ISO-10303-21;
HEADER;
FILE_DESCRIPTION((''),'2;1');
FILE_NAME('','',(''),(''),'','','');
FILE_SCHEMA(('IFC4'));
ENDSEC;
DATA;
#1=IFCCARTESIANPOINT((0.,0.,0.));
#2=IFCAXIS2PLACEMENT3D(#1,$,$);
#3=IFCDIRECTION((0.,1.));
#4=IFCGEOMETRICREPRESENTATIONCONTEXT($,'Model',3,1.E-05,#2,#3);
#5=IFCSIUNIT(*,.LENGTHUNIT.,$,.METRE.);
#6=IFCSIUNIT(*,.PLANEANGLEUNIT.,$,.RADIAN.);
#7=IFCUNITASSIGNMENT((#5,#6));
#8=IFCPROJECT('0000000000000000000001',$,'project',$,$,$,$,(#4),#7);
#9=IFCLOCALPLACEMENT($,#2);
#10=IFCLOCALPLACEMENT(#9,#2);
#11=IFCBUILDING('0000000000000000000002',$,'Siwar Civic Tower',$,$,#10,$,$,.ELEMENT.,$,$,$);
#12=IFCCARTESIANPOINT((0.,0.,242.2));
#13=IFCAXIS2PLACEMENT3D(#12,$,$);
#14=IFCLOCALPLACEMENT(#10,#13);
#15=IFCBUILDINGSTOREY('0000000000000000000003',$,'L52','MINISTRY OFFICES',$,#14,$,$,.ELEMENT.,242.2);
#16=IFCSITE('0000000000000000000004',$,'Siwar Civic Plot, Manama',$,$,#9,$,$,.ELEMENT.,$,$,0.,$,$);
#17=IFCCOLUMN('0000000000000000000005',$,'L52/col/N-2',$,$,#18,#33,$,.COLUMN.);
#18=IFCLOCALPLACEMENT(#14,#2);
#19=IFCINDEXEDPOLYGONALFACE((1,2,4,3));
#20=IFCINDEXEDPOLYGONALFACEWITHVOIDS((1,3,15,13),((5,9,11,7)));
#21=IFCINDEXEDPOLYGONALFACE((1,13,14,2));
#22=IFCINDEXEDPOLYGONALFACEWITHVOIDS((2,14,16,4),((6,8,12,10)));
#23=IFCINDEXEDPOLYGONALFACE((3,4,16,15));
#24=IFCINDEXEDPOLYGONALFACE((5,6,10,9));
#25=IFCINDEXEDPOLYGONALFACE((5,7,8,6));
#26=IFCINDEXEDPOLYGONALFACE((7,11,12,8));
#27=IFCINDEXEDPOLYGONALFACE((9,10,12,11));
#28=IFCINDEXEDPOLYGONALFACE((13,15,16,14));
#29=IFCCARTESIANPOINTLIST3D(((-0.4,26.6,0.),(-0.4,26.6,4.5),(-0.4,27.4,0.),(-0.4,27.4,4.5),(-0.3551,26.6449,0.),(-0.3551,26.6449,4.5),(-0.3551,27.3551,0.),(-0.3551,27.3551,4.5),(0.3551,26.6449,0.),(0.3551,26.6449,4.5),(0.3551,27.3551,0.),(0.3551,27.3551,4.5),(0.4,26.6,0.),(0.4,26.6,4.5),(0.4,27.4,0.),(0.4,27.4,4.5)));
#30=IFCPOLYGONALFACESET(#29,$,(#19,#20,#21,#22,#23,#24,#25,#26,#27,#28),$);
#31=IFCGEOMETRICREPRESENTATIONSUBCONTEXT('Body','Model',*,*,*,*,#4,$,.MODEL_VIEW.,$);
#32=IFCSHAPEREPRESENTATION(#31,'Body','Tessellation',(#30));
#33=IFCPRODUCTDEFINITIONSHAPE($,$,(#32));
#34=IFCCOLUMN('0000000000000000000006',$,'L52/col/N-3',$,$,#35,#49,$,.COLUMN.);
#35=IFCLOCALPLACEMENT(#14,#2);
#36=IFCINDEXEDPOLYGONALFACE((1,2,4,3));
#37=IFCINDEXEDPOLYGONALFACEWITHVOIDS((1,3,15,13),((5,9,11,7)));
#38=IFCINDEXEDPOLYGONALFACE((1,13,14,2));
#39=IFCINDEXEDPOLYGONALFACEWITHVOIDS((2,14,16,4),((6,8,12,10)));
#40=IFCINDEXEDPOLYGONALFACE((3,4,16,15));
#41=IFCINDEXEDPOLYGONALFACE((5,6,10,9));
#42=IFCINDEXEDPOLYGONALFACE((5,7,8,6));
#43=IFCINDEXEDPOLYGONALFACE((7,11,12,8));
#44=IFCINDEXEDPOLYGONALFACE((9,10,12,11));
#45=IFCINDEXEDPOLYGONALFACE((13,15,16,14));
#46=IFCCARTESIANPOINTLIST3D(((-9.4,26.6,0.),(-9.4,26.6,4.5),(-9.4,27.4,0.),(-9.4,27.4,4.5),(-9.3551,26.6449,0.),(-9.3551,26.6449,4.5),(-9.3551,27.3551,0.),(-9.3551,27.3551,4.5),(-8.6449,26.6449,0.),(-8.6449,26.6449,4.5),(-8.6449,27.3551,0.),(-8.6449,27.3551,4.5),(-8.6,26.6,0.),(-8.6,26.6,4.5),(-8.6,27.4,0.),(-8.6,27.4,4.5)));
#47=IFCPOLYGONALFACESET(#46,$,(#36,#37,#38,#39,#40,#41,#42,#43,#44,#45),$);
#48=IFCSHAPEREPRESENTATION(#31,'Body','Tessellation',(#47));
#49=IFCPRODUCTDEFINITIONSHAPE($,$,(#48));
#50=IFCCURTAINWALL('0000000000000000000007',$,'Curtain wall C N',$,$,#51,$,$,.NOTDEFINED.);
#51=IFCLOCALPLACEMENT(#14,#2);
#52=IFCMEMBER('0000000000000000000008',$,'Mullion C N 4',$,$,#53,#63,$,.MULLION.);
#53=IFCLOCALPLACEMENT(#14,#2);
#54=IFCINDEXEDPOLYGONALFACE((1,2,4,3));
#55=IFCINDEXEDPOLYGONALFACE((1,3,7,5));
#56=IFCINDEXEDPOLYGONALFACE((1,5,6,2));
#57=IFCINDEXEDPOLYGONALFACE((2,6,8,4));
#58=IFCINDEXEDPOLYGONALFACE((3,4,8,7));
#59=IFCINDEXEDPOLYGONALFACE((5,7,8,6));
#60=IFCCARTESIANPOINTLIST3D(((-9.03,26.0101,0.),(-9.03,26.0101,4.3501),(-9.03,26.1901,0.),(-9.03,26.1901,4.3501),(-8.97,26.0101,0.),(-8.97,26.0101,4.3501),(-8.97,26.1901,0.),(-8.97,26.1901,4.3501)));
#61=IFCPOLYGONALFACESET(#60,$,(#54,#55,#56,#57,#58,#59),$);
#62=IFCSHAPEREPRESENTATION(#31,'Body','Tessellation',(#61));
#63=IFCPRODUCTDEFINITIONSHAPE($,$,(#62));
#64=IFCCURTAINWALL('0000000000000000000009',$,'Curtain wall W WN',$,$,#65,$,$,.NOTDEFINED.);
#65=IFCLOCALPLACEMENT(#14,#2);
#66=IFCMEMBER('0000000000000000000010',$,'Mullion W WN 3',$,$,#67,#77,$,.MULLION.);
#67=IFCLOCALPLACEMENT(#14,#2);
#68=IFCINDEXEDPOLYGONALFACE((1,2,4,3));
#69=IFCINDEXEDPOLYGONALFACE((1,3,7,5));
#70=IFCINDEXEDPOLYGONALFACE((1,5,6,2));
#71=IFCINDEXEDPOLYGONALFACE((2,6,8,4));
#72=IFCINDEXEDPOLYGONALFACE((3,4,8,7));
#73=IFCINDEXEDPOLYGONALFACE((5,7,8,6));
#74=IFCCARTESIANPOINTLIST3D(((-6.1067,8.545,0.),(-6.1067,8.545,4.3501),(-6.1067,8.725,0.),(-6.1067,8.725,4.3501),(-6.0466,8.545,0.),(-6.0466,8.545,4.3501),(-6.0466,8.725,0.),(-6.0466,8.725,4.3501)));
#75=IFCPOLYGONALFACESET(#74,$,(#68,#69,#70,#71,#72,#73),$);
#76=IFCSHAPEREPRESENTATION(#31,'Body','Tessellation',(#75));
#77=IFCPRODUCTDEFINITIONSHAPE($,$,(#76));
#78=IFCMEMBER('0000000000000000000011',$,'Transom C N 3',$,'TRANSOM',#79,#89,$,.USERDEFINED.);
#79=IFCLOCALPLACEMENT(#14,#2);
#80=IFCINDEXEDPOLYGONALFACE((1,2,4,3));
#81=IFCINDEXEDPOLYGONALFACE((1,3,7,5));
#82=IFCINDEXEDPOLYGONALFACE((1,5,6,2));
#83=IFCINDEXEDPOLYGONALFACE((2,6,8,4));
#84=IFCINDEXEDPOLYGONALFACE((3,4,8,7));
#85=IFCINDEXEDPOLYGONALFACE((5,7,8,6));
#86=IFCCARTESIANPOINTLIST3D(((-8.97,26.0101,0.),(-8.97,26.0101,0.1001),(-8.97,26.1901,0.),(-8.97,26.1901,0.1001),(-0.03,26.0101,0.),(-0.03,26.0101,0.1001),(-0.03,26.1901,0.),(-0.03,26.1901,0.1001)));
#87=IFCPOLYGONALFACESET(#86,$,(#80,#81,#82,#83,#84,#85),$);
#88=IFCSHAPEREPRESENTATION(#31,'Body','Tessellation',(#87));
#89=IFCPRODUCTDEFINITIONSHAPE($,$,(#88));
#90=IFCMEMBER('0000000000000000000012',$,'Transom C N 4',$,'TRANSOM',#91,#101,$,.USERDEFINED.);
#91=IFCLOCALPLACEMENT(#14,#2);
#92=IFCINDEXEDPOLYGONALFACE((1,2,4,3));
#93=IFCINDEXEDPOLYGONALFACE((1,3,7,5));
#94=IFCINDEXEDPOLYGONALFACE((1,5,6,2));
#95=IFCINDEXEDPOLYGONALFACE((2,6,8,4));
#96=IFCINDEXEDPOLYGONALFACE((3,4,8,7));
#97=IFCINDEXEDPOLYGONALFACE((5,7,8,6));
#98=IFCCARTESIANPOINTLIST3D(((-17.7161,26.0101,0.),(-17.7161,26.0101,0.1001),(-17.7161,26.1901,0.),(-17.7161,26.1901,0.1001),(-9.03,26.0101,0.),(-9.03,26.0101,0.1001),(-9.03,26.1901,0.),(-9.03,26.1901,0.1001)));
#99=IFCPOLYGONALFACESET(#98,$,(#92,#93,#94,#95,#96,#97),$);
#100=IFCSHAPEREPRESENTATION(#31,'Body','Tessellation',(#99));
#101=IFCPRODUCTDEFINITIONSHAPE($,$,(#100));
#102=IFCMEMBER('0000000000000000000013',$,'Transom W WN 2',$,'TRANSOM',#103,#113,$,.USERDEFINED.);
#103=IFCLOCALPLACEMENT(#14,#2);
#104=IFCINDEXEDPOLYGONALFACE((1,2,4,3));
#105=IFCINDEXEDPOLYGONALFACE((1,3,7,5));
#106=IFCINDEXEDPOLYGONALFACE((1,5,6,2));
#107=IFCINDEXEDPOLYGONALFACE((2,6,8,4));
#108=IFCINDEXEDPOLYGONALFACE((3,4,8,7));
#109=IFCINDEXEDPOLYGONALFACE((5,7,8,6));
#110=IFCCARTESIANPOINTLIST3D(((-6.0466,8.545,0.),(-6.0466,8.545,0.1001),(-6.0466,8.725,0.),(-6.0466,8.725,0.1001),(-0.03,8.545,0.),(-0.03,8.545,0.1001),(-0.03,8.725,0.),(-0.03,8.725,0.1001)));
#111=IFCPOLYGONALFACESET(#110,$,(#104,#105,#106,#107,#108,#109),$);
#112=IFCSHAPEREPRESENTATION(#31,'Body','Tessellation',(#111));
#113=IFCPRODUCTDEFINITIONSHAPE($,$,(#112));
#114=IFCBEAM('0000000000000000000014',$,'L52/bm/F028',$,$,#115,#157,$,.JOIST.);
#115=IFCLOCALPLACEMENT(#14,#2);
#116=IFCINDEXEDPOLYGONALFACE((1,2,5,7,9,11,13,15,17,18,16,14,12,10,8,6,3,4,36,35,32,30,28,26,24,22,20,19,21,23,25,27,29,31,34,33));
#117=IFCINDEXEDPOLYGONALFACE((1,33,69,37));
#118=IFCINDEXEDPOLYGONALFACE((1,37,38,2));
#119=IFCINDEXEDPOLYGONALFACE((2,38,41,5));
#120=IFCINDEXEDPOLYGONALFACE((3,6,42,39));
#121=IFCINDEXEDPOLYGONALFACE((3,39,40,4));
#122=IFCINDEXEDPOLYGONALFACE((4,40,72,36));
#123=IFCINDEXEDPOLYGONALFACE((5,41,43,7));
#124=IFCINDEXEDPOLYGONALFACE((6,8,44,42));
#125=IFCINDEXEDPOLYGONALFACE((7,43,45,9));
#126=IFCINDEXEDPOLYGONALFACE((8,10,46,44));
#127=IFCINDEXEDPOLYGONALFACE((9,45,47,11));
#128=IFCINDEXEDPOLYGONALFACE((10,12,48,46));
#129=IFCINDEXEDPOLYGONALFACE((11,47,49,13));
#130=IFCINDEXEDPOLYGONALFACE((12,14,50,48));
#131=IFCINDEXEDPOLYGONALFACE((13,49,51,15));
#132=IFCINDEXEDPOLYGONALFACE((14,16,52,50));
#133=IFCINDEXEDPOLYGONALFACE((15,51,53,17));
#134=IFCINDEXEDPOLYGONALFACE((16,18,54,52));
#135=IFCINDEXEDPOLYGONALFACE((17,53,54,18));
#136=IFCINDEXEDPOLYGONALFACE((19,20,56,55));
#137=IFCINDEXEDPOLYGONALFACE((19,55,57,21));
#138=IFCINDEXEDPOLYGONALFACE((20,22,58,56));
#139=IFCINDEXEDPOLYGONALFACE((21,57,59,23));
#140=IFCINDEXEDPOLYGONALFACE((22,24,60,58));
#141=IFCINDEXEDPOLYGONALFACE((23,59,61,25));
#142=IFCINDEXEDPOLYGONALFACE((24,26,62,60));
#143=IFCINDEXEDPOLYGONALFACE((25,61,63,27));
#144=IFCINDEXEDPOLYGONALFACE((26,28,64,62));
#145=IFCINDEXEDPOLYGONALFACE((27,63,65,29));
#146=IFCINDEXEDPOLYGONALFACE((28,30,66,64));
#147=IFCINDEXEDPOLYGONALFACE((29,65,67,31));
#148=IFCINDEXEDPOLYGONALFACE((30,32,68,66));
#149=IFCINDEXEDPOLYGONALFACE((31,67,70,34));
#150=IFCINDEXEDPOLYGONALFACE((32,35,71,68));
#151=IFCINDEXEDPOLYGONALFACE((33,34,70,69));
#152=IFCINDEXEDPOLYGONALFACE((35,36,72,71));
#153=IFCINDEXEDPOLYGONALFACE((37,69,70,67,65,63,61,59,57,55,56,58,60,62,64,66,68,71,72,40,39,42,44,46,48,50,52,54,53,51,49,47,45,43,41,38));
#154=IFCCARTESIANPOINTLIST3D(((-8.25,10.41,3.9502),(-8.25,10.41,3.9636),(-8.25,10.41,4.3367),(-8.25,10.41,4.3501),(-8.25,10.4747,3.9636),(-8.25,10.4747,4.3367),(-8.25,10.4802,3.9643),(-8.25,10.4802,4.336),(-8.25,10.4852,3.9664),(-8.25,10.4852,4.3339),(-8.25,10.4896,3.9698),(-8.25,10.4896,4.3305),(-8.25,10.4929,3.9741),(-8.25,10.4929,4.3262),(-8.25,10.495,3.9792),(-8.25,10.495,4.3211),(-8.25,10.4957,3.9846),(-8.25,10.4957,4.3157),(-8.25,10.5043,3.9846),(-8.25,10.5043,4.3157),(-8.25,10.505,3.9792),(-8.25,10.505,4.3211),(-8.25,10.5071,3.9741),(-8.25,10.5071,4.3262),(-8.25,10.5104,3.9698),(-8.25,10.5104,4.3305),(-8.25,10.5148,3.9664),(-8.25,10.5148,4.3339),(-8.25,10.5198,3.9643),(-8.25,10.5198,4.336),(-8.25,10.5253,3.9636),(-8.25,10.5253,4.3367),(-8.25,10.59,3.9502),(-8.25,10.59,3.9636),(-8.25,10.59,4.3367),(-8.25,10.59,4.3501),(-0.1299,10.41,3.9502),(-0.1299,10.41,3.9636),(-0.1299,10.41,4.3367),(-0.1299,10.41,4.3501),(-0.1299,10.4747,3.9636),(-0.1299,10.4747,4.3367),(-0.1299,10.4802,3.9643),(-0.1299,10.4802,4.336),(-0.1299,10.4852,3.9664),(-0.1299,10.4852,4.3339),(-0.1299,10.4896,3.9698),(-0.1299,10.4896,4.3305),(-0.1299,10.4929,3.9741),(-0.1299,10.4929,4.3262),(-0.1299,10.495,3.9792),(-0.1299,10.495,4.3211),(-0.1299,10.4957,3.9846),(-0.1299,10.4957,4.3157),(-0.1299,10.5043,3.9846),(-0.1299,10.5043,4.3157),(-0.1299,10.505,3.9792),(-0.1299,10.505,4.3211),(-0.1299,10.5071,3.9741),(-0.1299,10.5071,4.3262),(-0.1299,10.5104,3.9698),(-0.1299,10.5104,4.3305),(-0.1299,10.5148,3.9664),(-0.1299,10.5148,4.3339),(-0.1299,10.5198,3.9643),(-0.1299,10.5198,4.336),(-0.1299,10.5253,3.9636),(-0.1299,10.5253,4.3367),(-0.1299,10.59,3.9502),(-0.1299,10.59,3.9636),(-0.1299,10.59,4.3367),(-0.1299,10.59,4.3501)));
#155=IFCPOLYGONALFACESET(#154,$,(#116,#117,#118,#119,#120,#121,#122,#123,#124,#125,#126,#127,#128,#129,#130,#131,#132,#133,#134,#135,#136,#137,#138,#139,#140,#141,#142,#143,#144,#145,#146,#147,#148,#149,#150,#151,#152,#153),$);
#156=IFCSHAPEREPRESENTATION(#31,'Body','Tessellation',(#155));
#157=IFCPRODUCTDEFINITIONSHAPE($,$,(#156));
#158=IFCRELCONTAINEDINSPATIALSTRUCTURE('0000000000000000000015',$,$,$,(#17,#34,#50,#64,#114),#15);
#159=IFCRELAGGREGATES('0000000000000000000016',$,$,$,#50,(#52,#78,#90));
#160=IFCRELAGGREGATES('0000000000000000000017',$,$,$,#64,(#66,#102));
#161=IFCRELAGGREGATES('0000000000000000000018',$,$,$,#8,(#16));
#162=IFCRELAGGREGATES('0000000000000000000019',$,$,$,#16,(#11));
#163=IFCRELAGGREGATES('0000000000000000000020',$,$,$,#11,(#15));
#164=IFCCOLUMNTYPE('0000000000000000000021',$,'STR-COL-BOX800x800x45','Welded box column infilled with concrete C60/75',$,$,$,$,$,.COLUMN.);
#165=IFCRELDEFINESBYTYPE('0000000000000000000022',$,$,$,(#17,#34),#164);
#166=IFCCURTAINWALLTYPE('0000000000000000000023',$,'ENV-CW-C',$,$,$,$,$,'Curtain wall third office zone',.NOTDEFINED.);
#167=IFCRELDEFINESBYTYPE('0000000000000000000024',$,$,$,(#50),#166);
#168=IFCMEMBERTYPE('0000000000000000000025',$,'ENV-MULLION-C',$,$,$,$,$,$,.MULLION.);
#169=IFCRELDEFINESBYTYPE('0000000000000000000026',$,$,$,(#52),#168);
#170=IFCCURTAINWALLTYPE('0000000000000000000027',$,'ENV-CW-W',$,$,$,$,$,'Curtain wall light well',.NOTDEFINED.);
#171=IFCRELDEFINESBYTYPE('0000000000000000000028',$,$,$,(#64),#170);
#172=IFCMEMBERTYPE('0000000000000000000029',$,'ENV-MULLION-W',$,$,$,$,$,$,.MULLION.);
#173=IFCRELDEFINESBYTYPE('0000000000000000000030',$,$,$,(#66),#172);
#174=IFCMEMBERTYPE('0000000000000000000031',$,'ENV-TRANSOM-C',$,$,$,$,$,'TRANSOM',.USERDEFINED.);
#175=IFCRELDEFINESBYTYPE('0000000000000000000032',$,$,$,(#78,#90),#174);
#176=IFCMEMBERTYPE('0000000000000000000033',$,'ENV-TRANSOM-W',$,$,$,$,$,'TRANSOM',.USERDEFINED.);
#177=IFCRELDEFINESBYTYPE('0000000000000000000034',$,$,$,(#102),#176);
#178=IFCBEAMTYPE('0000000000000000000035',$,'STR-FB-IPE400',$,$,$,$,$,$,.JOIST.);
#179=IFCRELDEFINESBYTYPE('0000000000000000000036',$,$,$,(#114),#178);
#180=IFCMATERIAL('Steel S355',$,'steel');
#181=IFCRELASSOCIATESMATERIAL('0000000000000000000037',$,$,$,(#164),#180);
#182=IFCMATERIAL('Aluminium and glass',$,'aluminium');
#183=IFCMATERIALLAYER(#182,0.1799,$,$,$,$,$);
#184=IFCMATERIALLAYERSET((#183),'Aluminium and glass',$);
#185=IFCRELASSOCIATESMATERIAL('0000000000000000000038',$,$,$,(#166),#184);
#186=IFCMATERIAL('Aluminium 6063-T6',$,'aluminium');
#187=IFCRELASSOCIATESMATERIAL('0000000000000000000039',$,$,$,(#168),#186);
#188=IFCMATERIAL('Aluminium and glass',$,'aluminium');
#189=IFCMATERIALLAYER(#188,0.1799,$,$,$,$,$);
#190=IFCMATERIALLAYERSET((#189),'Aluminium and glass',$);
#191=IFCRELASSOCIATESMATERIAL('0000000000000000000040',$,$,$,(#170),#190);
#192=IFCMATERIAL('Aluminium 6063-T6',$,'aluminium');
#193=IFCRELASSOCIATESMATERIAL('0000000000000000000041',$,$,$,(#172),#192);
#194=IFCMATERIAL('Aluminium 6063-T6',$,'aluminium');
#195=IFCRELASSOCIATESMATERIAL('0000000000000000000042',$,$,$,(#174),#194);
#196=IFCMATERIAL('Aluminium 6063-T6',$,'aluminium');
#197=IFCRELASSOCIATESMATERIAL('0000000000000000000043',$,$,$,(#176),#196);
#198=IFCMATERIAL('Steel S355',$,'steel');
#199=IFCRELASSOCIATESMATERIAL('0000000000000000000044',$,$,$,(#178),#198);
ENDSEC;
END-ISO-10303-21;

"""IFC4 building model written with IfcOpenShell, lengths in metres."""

from ifc_helpers import new_model, si_unit, direction, frame, origin, origin_2d, place, context, subcontext, project, spatial, rectangle, hollow_rectangle, i_section, extrude, material, layer, layer_set, material_profile, profile_set, type_object, element, aggregate, save


model = new_model("IFC4")

# Units and contexts
model_context = context("Model", 3, precision=1e-05, world=origin(), true_north=direction((0.0, 1.0)))
body_context = subcontext(model_context, "Body", "Model", "MODEL_VIEW")
ifc_project = project(units=[si_unit("LENGTHUNIT", "METRE"), si_unit("PLANEANGLEUNIT", "RADIAN")], contexts=[model_context])

# Site, building, storey
site_placement = place(None, origin())
site = spatial("IfcSite", under=ifc_project, at=site_placement, Name="Siwar Civic Plot, Manama", CompositionType="ELEMENT", RefElevation=0.0)
building_placement = place(site_placement, origin())
building = spatial("IfcBuilding", under=site, at=building_placement, Name="Siwar Civic Tower", CompositionType="ELEMENT")
storey_placement = place(building_placement, frame((0.0, 0.0, 242.2)))
storey = spatial("IfcBuildingStorey", under=building, at=storey_placement, Name="L52", Description="MINISTRY OFFICES", CompositionType="ELEMENT", Elevation=242.2)

# Columns
ifc_material_1 = material(Name="Steel S355", Category="steel")
ifc_material_profile_1 = material_profile(ifc_material_1, hollow_rectangle(XDim=0.8, YDim=0.8, WallThickness=0.0449, at=origin_2d()), Name="BOX800x800x45")
ifc_profile_set_1 = profile_set([ifc_material_profile_1], Name="Steel S355")
column_type = type_object("IfcColumnType", Name="STR-COL-BOX800x800x45", Description="Welded box column infilled with concrete C60/75", PredefinedType="COLUMN", material=ifc_profile_set_1)
for number, where, z_axis, x_axis, name in (
    (1, (0.0, 27.0, 0.0), (0.0, 0.0, 1.0), (1.0, 0.0, 0.0), "L52/col/N-2"),
    (2, (-9.0, 27.0, 0.0), (0.0, 0.0, 1.0), (1.0, 0.0, 0.0), "L52/col/N-3"),
):
    element("IfcColumn", number, at=place(storey_placement, frame(where, z_axis=z_axis, x_axis=x_axis)), inside=storey, type_object=column_type, Name=name, PredefinedType="COLUMN", context=body_context, shape_type="SweptSolid", body=[
        extrude(hollow_rectangle(XDim=0.8, YDim=0.8, WallThickness=0.0449, at=origin_2d()), origin(), (0.0, 0.0, 1.0), 4.5),
    ])

# Curtain walls, members
ifc_material_2 = material(Name="Aluminium and glass", Category="aluminium")
ifc_layer_1 = layer(ifc_material_2, 0.1799)
ifc_layer_set_1 = layer_set([ifc_layer_1], Name="Aluminium and glass")
curtain_wall_type_1 = type_object("IfcCurtainWallType", Name="ENV-CW-C", ElementType="Curtain wall third office zone", PredefinedType="NOTDEFINED", material=ifc_layer_set_1)
curtain_wall_1_placement = place(storey_placement, origin())
curtain_wall_1 = element("IfcCurtainWall", 3, at=curtain_wall_1_placement, inside=storey, type_object=curtain_wall_type_1, Name="Curtain wall C N", PredefinedType="NOTDEFINED")
ifc_material_3 = material(Name="Aluminium 6063-T6", Category="aluminium")
ifc_material_profile_2 = material_profile(ifc_material_3, rectangle(XDim=0.1799, YDim=0.0601, at=origin_2d()), Name="AL 180x60")
ifc_profile_set_2 = profile_set([ifc_material_profile_2], Name="Aluminium 6063-T6")
member_type_1 = type_object("IfcMemberType", Name="ENV-MULLION-C", PredefinedType="MULLION", material=ifc_profile_set_2)
member_1_placement = place(storey_placement, frame((-9.0, 26.1001, 0.0), z_axis=(0.0, 0.0, 1.0), x_axis=(0.0, -1.0, 0.0)))
member_1 = element("IfcMember", 4, at=member_1_placement, type_object=member_type_1, Name="Mullion C N 4", PredefinedType="MULLION", context=body_context, shape_type="SweptSolid", body=[
    extrude(rectangle(XDim=0.1799, YDim=0.0601, at=origin_2d()), origin(), (0.0, 0.0, 1.0), 4.3501),
])
ifc_material_4 = material(Name="Aluminium and glass", Category="aluminium")
ifc_layer_2 = layer(ifc_material_4, 0.1799)
ifc_layer_set_2 = layer_set([ifc_layer_2], Name="Aluminium and glass")
curtain_wall_type_2 = type_object("IfcCurtainWallType", Name="ENV-CW-W", ElementType="Curtain wall light well", PredefinedType="NOTDEFINED", material=ifc_layer_set_2)
curtain_wall_2_placement = place(storey_placement, origin())
curtain_wall_2 = element("IfcCurtainWall", 5, at=curtain_wall_2_placement, inside=storey, type_object=curtain_wall_type_2, Name="Curtain wall W WN", PredefinedType="NOTDEFINED")
ifc_material_5 = material(Name="Aluminium 6063-T6", Category="aluminium")
ifc_material_profile_3 = material_profile(ifc_material_5, rectangle(XDim=0.1799, YDim=0.0601, at=origin_2d()), Name="AL 180x60")
ifc_profile_set_3 = profile_set([ifc_material_profile_3], Name="Aluminium 6063-T6")
member_type_2 = type_object("IfcMemberType", Name="ENV-MULLION-W", PredefinedType="MULLION", material=ifc_profile_set_3)
member_2_placement = place(storey_placement, frame((-6.0767, 8.635, 0.0), z_axis=(0.0, 0.0, 1.0), x_axis=(0.0, -1.0, 0.0)))
member_2 = element("IfcMember", 6, at=member_2_placement, type_object=member_type_2, Name="Mullion W WN 3", PredefinedType="MULLION", context=body_context, shape_type="SweptSolid", body=[
    extrude(rectangle(XDim=0.1799, YDim=0.0601, at=origin_2d()), origin(), (0.0, 0.0, 1.0), 4.3501),
])

# Members
ifc_material_6 = material(Name="Aluminium 6063-T6", Category="aluminium")
ifc_material_profile_4 = material_profile(ifc_material_6, rectangle(XDim=0.1799, YDim=0.1001, at=origin_2d()), Name="AL 180x100")
ifc_profile_set_4 = profile_set([ifc_material_profile_4], Name="Aluminium 6063-T6")
member_type_3 = type_object("IfcMemberType", Name="ENV-TRANSOM-C", ElementType="TRANSOM", PredefinedType="USERDEFINED", material=ifc_profile_set_4)
member_3_placement = place(storey_placement, frame((-0.03, 26.1001, 0.05), z_axis=(-1.0, 0.0, 0.0), x_axis=(0.0, -1.0, 0.0)))
member_3 = element("IfcMember", 7, at=member_3_placement, type_object=member_type_3, Name="Transom C N 3", ObjectType="TRANSOM", PredefinedType="USERDEFINED", context=body_context, shape_type="SweptSolid", body=[
    extrude(rectangle(XDim=0.1799, YDim=0.1001, at=origin_2d()), origin(), (0.0, 0.0, 1.0), 8.9399),
])
member_4_placement = place(storey_placement, frame((-9.03, 26.1001, 0.05), z_axis=(-1.0, 0.0, 0.0), x_axis=(0.0, -1.0, 0.0)))
member_4 = element("IfcMember", 8, at=member_4_placement, type_object=member_type_3, Name="Transom C N 4", ObjectType="TRANSOM", PredefinedType="USERDEFINED", context=body_context, shape_type="SweptSolid", body=[
    extrude(rectangle(XDim=0.1799, YDim=0.1001, at=origin_2d()), origin(), (0.0, 0.0, 1.0), 8.686),
])
ifc_material_7 = material(Name="Aluminium 6063-T6", Category="aluminium")
ifc_material_profile_5 = material_profile(ifc_material_7, rectangle(XDim=0.1799, YDim=0.1001, at=origin_2d()), Name="AL 180x100")
ifc_profile_set_5 = profile_set([ifc_material_profile_5], Name="Aluminium 6063-T6")
member_type_4 = type_object("IfcMemberType", Name="ENV-TRANSOM-W", ElementType="TRANSOM", PredefinedType="USERDEFINED", material=ifc_profile_set_5)
member_5_placement = place(storey_placement, frame((-0.03, 8.635, 0.05), z_axis=(-1.0, 0.0, 0.0), x_axis=(0.0, -1.0, 0.0)))
member_5 = element("IfcMember", 9, at=member_5_placement, type_object=member_type_4, Name="Transom W WN 2", ObjectType="TRANSOM", PredefinedType="USERDEFINED", context=body_context, shape_type="SweptSolid", body=[
    extrude(rectangle(XDim=0.1799, YDim=0.1001, at=origin_2d()), origin(), (0.0, 0.0, 1.0), 6.0166),
])

# Beam
ifc_material_8 = material(Name="Steel S355", Category="steel")
ifc_material_profile_6 = material_profile(ifc_material_8, i_section(OverallWidth=0.1799, OverallDepth=0.3999, WebThickness=0.0085, FlangeThickness=0.0134, FilletRadius=0.021, at=origin_2d()), Name="IPE400")
ifc_profile_set_6 = profile_set([ifc_material_profile_6], Name="Steel S355")
beam_type_1 = type_object("IfcBeamType", Name="STR-FB-IPE400", PredefinedType="JOIST", material=ifc_profile_set_6)
beam_1_placement = place(storey_placement, frame((-8.25, 10.5, 4.1501), z_axis=(1.0, 0.0, 0.0), x_axis=(0.0, 1.0, 0.0)))
element("IfcBeam", 10, at=beam_1_placement, inside=storey, type_object=beam_type_1, Name="L52/bm/F028", PredefinedType="JOIST", context=body_context, shape_type="SweptSolid", body=[
    extrude(i_section(OverallWidth=0.1799, OverallDepth=0.3999, WebThickness=0.0085, FlangeThickness=0.0134, FilletRadius=0.021, at=origin_2d()), origin(), (0.0, 0.0, 1.0), 8.1201),
])

aggregate(curtain_wall_1, [member_1, member_3, member_4])
aggregate(curtain_wall_2, [member_2, member_5])

save(model, "model.ifc")
